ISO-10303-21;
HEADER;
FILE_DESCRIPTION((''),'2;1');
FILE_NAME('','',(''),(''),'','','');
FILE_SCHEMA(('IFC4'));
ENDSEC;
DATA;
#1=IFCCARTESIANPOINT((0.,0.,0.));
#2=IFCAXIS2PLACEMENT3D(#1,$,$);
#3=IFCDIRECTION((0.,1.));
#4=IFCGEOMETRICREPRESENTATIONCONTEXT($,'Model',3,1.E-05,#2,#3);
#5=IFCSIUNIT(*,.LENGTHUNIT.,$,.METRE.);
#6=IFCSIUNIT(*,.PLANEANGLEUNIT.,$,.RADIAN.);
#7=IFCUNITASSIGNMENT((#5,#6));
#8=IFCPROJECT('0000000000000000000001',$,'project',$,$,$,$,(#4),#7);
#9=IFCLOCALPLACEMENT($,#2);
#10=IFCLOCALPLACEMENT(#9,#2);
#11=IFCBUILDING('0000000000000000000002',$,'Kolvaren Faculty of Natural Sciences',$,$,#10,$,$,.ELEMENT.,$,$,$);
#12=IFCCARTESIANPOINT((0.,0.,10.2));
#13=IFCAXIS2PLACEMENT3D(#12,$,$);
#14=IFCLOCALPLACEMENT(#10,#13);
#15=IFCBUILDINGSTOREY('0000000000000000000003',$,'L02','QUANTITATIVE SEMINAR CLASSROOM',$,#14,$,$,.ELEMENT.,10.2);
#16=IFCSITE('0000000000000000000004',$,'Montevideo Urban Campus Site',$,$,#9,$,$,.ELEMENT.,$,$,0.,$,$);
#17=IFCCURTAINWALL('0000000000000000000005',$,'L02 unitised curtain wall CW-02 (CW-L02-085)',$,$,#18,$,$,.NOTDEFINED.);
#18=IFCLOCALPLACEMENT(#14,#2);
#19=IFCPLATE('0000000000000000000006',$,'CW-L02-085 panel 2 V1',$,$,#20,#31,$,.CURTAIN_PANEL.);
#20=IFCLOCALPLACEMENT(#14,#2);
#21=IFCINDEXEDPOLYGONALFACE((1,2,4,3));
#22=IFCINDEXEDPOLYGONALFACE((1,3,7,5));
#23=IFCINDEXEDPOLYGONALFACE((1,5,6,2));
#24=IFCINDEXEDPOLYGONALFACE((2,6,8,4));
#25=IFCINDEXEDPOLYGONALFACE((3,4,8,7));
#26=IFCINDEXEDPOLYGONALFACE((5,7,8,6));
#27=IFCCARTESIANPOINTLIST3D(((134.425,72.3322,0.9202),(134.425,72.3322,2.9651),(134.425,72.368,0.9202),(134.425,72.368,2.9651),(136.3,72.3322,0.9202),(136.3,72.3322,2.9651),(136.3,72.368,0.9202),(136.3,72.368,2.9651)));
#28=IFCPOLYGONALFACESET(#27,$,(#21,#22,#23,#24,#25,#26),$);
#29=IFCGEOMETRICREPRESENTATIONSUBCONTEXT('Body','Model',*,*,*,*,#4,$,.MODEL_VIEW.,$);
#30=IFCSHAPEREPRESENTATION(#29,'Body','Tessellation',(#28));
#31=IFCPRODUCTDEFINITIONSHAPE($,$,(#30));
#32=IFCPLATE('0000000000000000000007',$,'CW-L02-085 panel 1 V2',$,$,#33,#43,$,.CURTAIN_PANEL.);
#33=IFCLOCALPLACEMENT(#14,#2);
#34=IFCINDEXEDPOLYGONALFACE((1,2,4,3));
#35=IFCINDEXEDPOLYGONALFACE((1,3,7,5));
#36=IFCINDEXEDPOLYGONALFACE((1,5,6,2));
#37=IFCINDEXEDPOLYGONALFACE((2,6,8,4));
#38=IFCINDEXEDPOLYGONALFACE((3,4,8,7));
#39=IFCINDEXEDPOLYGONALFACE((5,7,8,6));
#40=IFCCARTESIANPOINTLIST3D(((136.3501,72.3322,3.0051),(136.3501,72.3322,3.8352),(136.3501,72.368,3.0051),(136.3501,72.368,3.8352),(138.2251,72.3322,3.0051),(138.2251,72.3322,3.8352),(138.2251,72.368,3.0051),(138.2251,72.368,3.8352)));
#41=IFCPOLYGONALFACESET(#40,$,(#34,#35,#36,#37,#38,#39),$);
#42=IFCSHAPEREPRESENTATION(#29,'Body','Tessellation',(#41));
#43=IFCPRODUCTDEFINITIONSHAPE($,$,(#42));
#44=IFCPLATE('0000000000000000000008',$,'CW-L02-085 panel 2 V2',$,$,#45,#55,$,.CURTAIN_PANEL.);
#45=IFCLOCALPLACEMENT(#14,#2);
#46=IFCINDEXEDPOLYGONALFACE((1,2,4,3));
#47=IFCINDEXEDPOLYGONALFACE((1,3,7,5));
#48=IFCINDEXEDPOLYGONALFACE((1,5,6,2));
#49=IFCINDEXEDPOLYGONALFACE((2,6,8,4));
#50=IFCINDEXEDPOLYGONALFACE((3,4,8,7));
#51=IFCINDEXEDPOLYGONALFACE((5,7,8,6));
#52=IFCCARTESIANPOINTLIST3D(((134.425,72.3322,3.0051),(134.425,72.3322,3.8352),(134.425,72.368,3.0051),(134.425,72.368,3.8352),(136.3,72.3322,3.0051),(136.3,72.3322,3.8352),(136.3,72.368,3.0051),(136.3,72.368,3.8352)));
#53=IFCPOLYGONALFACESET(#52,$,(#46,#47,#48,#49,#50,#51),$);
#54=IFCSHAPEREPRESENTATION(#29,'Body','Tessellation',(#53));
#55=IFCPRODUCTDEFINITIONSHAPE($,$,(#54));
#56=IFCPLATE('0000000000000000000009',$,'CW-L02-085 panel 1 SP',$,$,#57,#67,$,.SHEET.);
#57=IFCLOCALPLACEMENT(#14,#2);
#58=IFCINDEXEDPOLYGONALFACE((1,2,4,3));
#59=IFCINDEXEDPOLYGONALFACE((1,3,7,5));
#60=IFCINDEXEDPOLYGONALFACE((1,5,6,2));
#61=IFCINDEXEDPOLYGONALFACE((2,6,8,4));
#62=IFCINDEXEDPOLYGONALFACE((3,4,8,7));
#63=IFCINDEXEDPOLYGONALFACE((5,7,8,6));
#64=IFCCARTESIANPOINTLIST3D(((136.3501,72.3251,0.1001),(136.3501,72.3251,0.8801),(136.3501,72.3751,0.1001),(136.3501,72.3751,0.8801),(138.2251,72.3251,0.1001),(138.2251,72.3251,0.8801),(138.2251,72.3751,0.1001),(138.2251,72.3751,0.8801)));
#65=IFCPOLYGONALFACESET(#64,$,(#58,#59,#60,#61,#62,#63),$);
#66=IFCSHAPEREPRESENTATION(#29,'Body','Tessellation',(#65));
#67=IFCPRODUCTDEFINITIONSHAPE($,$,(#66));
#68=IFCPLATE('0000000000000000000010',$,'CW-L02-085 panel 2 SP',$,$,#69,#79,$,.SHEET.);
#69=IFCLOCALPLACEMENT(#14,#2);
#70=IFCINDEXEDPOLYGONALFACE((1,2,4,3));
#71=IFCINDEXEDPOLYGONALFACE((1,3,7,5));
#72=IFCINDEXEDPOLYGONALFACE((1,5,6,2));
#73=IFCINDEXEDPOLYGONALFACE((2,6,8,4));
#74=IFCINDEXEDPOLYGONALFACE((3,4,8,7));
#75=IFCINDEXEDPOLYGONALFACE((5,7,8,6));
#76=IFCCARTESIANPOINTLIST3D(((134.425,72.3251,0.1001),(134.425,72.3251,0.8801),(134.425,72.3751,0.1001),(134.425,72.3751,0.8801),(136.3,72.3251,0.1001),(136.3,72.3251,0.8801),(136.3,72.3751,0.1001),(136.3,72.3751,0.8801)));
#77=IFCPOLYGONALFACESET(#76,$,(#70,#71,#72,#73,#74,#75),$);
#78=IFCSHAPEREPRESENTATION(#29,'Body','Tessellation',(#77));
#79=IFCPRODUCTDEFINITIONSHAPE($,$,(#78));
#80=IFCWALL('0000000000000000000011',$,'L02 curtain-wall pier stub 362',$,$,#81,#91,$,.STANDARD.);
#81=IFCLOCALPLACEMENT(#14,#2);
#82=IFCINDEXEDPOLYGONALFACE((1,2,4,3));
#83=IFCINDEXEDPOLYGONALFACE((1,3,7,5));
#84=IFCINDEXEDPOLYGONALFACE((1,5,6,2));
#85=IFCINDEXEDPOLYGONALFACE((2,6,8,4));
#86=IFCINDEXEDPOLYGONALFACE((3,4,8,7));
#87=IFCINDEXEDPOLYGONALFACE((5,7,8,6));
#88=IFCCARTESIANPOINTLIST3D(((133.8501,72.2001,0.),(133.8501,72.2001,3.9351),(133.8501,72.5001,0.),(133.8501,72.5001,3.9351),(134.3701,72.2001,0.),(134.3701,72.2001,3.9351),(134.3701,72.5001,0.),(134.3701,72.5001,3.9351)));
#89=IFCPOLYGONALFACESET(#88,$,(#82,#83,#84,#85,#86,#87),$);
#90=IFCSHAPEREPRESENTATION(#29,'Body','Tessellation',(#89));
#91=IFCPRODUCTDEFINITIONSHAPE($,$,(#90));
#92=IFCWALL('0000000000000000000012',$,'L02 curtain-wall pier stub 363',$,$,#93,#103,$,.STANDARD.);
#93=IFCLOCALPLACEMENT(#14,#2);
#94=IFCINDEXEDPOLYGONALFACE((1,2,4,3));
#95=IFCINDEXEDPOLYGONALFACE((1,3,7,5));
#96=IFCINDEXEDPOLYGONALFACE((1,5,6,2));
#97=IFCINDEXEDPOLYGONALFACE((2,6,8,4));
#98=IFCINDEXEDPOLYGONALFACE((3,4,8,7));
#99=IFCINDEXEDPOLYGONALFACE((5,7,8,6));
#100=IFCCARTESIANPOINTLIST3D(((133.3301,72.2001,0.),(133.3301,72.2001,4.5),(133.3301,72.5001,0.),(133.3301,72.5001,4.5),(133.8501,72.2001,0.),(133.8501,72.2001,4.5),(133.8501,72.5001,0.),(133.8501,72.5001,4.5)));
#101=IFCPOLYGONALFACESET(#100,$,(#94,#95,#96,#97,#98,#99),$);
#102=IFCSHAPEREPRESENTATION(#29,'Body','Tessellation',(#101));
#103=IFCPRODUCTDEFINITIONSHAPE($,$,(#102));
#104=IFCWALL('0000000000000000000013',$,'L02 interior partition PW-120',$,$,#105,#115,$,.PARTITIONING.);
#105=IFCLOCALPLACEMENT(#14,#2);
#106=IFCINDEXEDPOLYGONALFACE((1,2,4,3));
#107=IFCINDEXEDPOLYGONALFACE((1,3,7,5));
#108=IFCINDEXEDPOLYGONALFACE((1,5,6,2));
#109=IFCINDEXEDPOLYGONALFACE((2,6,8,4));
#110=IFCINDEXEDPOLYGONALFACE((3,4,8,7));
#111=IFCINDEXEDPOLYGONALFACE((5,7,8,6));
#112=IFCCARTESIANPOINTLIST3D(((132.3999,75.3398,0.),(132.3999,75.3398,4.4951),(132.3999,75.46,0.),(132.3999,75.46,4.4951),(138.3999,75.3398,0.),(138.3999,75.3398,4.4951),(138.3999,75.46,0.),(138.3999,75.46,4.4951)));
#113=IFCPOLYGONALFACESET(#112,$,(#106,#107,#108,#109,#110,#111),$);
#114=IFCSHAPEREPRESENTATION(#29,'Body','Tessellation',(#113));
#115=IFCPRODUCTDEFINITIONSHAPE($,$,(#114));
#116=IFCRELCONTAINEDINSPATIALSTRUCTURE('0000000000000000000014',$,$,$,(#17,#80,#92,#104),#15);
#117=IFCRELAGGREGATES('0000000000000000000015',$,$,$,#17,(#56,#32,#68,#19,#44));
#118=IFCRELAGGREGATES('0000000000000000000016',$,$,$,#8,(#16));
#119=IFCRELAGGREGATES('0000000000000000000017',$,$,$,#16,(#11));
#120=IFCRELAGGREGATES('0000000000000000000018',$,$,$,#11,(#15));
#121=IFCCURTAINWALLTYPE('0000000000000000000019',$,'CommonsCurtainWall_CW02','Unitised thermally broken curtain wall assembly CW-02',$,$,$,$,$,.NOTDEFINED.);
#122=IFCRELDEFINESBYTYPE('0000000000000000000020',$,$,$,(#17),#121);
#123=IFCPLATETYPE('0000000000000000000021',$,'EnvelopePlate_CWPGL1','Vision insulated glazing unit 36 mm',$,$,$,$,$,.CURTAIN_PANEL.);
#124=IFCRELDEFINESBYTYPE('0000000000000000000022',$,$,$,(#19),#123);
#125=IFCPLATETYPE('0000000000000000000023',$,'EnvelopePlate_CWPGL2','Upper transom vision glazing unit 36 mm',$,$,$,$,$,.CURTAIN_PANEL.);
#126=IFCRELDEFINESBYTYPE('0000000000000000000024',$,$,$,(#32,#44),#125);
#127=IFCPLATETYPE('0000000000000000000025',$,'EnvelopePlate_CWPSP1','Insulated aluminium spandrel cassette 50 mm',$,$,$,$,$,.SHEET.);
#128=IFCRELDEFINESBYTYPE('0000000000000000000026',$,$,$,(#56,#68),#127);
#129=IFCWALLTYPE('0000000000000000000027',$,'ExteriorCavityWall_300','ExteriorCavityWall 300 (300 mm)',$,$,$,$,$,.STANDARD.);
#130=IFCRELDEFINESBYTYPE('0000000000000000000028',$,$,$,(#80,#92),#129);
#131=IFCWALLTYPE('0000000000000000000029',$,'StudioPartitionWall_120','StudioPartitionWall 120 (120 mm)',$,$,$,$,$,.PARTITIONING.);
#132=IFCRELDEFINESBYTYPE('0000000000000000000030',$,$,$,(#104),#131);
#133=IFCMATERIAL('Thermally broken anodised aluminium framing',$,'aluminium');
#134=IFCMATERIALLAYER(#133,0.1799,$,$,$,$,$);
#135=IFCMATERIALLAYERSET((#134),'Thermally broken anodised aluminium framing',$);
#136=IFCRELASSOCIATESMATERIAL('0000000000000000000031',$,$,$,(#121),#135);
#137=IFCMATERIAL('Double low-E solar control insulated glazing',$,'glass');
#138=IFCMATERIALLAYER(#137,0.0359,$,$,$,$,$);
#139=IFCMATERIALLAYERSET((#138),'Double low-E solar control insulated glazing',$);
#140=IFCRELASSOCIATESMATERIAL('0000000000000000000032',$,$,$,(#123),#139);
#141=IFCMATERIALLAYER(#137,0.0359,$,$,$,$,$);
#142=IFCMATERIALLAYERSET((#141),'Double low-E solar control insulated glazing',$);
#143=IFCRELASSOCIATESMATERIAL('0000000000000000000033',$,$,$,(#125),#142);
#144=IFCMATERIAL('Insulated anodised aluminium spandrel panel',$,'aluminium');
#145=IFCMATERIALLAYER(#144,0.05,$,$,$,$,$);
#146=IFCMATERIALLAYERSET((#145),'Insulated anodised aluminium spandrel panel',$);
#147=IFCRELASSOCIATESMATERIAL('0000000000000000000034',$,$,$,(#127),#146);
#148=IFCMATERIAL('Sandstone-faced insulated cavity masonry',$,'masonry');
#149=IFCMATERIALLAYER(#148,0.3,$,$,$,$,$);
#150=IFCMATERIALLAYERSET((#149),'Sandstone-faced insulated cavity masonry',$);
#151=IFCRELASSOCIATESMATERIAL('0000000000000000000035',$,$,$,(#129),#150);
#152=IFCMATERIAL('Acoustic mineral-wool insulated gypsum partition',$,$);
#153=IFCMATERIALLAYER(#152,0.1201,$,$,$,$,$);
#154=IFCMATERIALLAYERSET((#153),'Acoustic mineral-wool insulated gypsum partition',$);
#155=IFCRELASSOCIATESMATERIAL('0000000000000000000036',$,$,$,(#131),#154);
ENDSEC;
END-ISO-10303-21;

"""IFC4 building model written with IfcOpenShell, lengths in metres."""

from ifc_helpers import new_model, si_unit, direction, frame, frame_2d, origin, origin_2d, place, context, subcontext, project, spatial, rectangle, extrude, material, layer, layer_set, type_object, element, aggregate, save


model = new_model("IFC4")

# Units and contexts
model_context = context("Model", 3, precision=1e-05, world=origin(), true_north=direction((0.0, 1.0)))
body_context = subcontext(model_context, "Body", "Model", "MODEL_VIEW")
ifc_project = project(units=[si_unit("LENGTHUNIT", "METRE"), si_unit("PLANEANGLEUNIT", "RADIAN")], contexts=[model_context])

# Site, building, storey
site_placement = place(None, origin())
site = spatial("IfcSite", under=ifc_project, at=site_placement, Name="Montevideo Urban Campus Site", CompositionType="ELEMENT", RefElevation=0.0)
building_placement = place(site_placement, origin())
building = spatial("IfcBuilding", under=site, at=building_placement, Name="Kolvaren Faculty of Natural Sciences", CompositionType="ELEMENT")
storey_placement = place(building_placement, frame((0.0, 0.0, 10.2)))
storey = spatial("IfcBuildingStorey", under=building, at=storey_placement, Name="L02", Description="QUANTITATIVE SEMINAR CLASSROOM", CompositionType="ELEMENT", Elevation=10.2)

# Curtain wall
ifc_material_1 = material(Name="Thermally broken anodised aluminium framing", Category="aluminium")
ifc_layer_1 = layer(ifc_material_1, 0.1799)
ifc_layer_set_1 = layer_set([ifc_layer_1], Name="Thermally broken anodised aluminium framing")
curtain_wall_type = type_object("IfcCurtainWallType", Name="CommonsCurtainWall_CW02", Description="Unitised thermally broken curtain wall assembly CW-02", PredefinedType="NOTDEFINED", material=ifc_layer_set_1)
curtain_wall_1_placement = place(storey_placement, origin())
curtain_wall_1 = element("IfcCurtainWall", 1, at=curtain_wall_1_placement, inside=storey, type_object=curtain_wall_type, Name="L02 unitised curtain wall CW-02 (CW-L02-085)", PredefinedType="NOTDEFINED")

# Plates
ifc_material_2 = material(Name="Double low-E solar control insulated glazing", Category="glass")
ifc_layer_2 = layer(ifc_material_2, 0.0359)
ifc_layer_set_2 = layer_set([ifc_layer_2], Name="Double low-E solar control insulated glazing")
plate_type_1 = type_object("IfcPlateType", Name="EnvelopePlate_CWPGL1", Description="Vision insulated glazing unit 36 mm", PredefinedType="CURTAIN_PANEL", material=ifc_layer_set_2)
plate_1_placement = place(storey_placement, frame((135.3625, 72.3501, 0.9202), z_axis=(0.0, 0.0, 1.0), x_axis=(-1.0, 0.0, 0.0)))
plate_1 = element("IfcPlate", 2, at=plate_1_placement, type_object=plate_type_1, Name="CW-L02-085 panel 2 V1", PredefinedType="CURTAIN_PANEL", context=body_context, shape_type="SweptSolid", body=[
    extrude(rectangle(XDim=1.875, YDim=0.0359, at=origin_2d()), origin(), (0.0, 0.0, 1.0), 2.0449),
])
ifc_layer_3 = layer(ifc_material_2, 0.0359)
ifc_layer_set_3 = layer_set([ifc_layer_3], Name="Double low-E solar control insulated glazing")
plate_type_2 = type_object("IfcPlateType", Name="EnvelopePlate_CWPGL2", Description="Upper transom vision glazing unit 36 mm", PredefinedType="CURTAIN_PANEL", material=ifc_layer_set_3)
plate_2_placement = place(storey_placement, frame((137.2876, 72.3501, 3.0051), z_axis=(0.0, 0.0, 1.0), x_axis=(-1.0, 0.0, 0.0)))
plate_2 = element("IfcPlate", 3, at=plate_2_placement, type_object=plate_type_2, Name="CW-L02-085 panel 1 V2", PredefinedType="CURTAIN_PANEL", context=body_context, shape_type="SweptSolid", body=[
    extrude(rectangle(XDim=1.875, YDim=0.0359, at=origin_2d()), origin(), (0.0, 0.0, 1.0), 0.8301),
])
plate_3_placement = place(storey_placement, frame((135.3625, 72.3501, 3.0051), z_axis=(0.0, 0.0, 1.0), x_axis=(-1.0, 0.0, 0.0)))
plate_3 = element("IfcPlate", 4, at=plate_3_placement, type_object=plate_type_2, Name="CW-L02-085 panel 2 V2", PredefinedType="CURTAIN_PANEL", context=body_context, shape_type="SweptSolid", body=[
    extrude(rectangle(XDim=1.875, YDim=0.0359, at=origin_2d()), origin(), (0.0, 0.0, 1.0), 0.8301),
])
ifc_material_3 = material(Name="Insulated anodised aluminium spandrel panel", Category="aluminium")
ifc_layer_4 = layer(ifc_material_3, 0.05)
ifc_layer_set_4 = layer_set([ifc_layer_4], Name="Insulated anodised aluminium spandrel panel")
plate_type_3 = type_object("IfcPlateType", Name="EnvelopePlate_CWPSP1", Description="Insulated aluminium spandrel cassette 50 mm", PredefinedType="SHEET", material=ifc_layer_set_4)
plate_4_placement = place(storey_placement, frame((137.2876, 72.3501, 0.1001), z_axis=(0.0, 0.0, 1.0), x_axis=(-1.0, 0.0, 0.0)))
plate_4 = element("IfcPlate", 5, at=plate_4_placement, type_object=plate_type_3, Name="CW-L02-085 panel 1 SP", PredefinedType="SHEET", context=body_context, shape_type="SweptSolid", body=[
    extrude(rectangle(XDim=1.875, YDim=0.05, at=origin_2d()), origin(), (0.0, 0.0, 1.0), 0.78),
])
plate_5_placement = place(storey_placement, frame((135.3625, 72.3501, 0.1001), z_axis=(0.0, 0.0, 1.0), x_axis=(-1.0, 0.0, 0.0)))
plate_5 = element("IfcPlate", 6, at=plate_5_placement, type_object=plate_type_3, Name="CW-L02-085 panel 2 SP", PredefinedType="SHEET", context=body_context, shape_type="SweptSolid", body=[
    extrude(rectangle(XDim=1.875, YDim=0.05, at=origin_2d()), origin(), (0.0, 0.0, 1.0), 0.78),
])
aggregate(curtain_wall_1, [plate_4, plate_2, plate_5, plate_1, plate_3])

# Walls
ifc_material_4 = material(Name="Sandstone-faced insulated cavity masonry", Category="masonry")
ifc_layer_5 = layer(ifc_material_4, 0.3)
ifc_layer_set_5 = layer_set([ifc_layer_5], Name="Sandstone-faced insulated cavity masonry")
wall_type_1 = type_object("IfcWallType", Name="ExteriorCavityWall_300", Description="ExteriorCavityWall 300 (300 mm)", PredefinedType="STANDARD", material=ifc_layer_set_5)
wall_1_placement = place(storey_placement, frame((134.3701, 72.3501, 0.0), z_axis=(0.0, 0.0, 1.0), x_axis=(-1.0, 0.0, 0.0)))
element("IfcWall", 7, at=wall_1_placement, inside=storey, type_object=wall_type_1, Name="L02 curtain-wall pier stub 362", PredefinedType="STANDARD", context=body_context, shape_type="SweptSolid", body=[
    extrude(rectangle(XDim=0.52, YDim=0.3, at=frame_2d((0.26, 0.0))), origin(), (0.0, 0.0, 1.0), 3.9351),
])
wall_2_placement = place(storey_placement, frame((133.8501, 72.3501, 0.0), z_axis=(0.0, 0.0, 1.0), x_axis=(-1.0, 0.0, 0.0)))
element("IfcWall", 8, at=wall_2_placement, inside=storey, type_object=wall_type_1, Name="L02 curtain-wall pier stub 363", PredefinedType="STANDARD", context=body_context, shape_type="SweptSolid", body=[
    extrude(rectangle(XDim=0.52, YDim=0.3, at=frame_2d((0.26, 0.0))), origin(), (0.0, 0.0, 1.0), 4.5),
])
ifc_material_5 = material(Name="Acoustic mineral-wool insulated gypsum partition")
ifc_layer_6 = layer(ifc_material_5, 0.1201)
ifc_layer_set_6 = layer_set([ifc_layer_6], Name="Acoustic mineral-wool insulated gypsum partition")
wall_type_2 = type_object("IfcWallType", Name="StudioPartitionWall_120", Description="StudioPartitionWall 120 (120 mm)", PredefinedType="PARTITIONING", material=ifc_layer_set_6)
wall_3_placement = place(storey_placement, frame((138.3999, 75.3999, 0.0), z_axis=(0.0, 0.0, 1.0), x_axis=(-1.0, 0.0, 0.0)))
element("IfcWall", 9, at=wall_3_placement, inside=storey, type_object=wall_type_2, Name="L02 interior partition PW-120", PredefinedType="PARTITIONING", context=body_context, shape_type="SweptSolid", body=[
    extrude(rectangle(XDim=6.0, YDim=0.1201, at=frame_2d((3.0, 0.0))), origin(), (0.0, 0.0, 1.0), 4.4951),
])

save(model, "model.ifc")
